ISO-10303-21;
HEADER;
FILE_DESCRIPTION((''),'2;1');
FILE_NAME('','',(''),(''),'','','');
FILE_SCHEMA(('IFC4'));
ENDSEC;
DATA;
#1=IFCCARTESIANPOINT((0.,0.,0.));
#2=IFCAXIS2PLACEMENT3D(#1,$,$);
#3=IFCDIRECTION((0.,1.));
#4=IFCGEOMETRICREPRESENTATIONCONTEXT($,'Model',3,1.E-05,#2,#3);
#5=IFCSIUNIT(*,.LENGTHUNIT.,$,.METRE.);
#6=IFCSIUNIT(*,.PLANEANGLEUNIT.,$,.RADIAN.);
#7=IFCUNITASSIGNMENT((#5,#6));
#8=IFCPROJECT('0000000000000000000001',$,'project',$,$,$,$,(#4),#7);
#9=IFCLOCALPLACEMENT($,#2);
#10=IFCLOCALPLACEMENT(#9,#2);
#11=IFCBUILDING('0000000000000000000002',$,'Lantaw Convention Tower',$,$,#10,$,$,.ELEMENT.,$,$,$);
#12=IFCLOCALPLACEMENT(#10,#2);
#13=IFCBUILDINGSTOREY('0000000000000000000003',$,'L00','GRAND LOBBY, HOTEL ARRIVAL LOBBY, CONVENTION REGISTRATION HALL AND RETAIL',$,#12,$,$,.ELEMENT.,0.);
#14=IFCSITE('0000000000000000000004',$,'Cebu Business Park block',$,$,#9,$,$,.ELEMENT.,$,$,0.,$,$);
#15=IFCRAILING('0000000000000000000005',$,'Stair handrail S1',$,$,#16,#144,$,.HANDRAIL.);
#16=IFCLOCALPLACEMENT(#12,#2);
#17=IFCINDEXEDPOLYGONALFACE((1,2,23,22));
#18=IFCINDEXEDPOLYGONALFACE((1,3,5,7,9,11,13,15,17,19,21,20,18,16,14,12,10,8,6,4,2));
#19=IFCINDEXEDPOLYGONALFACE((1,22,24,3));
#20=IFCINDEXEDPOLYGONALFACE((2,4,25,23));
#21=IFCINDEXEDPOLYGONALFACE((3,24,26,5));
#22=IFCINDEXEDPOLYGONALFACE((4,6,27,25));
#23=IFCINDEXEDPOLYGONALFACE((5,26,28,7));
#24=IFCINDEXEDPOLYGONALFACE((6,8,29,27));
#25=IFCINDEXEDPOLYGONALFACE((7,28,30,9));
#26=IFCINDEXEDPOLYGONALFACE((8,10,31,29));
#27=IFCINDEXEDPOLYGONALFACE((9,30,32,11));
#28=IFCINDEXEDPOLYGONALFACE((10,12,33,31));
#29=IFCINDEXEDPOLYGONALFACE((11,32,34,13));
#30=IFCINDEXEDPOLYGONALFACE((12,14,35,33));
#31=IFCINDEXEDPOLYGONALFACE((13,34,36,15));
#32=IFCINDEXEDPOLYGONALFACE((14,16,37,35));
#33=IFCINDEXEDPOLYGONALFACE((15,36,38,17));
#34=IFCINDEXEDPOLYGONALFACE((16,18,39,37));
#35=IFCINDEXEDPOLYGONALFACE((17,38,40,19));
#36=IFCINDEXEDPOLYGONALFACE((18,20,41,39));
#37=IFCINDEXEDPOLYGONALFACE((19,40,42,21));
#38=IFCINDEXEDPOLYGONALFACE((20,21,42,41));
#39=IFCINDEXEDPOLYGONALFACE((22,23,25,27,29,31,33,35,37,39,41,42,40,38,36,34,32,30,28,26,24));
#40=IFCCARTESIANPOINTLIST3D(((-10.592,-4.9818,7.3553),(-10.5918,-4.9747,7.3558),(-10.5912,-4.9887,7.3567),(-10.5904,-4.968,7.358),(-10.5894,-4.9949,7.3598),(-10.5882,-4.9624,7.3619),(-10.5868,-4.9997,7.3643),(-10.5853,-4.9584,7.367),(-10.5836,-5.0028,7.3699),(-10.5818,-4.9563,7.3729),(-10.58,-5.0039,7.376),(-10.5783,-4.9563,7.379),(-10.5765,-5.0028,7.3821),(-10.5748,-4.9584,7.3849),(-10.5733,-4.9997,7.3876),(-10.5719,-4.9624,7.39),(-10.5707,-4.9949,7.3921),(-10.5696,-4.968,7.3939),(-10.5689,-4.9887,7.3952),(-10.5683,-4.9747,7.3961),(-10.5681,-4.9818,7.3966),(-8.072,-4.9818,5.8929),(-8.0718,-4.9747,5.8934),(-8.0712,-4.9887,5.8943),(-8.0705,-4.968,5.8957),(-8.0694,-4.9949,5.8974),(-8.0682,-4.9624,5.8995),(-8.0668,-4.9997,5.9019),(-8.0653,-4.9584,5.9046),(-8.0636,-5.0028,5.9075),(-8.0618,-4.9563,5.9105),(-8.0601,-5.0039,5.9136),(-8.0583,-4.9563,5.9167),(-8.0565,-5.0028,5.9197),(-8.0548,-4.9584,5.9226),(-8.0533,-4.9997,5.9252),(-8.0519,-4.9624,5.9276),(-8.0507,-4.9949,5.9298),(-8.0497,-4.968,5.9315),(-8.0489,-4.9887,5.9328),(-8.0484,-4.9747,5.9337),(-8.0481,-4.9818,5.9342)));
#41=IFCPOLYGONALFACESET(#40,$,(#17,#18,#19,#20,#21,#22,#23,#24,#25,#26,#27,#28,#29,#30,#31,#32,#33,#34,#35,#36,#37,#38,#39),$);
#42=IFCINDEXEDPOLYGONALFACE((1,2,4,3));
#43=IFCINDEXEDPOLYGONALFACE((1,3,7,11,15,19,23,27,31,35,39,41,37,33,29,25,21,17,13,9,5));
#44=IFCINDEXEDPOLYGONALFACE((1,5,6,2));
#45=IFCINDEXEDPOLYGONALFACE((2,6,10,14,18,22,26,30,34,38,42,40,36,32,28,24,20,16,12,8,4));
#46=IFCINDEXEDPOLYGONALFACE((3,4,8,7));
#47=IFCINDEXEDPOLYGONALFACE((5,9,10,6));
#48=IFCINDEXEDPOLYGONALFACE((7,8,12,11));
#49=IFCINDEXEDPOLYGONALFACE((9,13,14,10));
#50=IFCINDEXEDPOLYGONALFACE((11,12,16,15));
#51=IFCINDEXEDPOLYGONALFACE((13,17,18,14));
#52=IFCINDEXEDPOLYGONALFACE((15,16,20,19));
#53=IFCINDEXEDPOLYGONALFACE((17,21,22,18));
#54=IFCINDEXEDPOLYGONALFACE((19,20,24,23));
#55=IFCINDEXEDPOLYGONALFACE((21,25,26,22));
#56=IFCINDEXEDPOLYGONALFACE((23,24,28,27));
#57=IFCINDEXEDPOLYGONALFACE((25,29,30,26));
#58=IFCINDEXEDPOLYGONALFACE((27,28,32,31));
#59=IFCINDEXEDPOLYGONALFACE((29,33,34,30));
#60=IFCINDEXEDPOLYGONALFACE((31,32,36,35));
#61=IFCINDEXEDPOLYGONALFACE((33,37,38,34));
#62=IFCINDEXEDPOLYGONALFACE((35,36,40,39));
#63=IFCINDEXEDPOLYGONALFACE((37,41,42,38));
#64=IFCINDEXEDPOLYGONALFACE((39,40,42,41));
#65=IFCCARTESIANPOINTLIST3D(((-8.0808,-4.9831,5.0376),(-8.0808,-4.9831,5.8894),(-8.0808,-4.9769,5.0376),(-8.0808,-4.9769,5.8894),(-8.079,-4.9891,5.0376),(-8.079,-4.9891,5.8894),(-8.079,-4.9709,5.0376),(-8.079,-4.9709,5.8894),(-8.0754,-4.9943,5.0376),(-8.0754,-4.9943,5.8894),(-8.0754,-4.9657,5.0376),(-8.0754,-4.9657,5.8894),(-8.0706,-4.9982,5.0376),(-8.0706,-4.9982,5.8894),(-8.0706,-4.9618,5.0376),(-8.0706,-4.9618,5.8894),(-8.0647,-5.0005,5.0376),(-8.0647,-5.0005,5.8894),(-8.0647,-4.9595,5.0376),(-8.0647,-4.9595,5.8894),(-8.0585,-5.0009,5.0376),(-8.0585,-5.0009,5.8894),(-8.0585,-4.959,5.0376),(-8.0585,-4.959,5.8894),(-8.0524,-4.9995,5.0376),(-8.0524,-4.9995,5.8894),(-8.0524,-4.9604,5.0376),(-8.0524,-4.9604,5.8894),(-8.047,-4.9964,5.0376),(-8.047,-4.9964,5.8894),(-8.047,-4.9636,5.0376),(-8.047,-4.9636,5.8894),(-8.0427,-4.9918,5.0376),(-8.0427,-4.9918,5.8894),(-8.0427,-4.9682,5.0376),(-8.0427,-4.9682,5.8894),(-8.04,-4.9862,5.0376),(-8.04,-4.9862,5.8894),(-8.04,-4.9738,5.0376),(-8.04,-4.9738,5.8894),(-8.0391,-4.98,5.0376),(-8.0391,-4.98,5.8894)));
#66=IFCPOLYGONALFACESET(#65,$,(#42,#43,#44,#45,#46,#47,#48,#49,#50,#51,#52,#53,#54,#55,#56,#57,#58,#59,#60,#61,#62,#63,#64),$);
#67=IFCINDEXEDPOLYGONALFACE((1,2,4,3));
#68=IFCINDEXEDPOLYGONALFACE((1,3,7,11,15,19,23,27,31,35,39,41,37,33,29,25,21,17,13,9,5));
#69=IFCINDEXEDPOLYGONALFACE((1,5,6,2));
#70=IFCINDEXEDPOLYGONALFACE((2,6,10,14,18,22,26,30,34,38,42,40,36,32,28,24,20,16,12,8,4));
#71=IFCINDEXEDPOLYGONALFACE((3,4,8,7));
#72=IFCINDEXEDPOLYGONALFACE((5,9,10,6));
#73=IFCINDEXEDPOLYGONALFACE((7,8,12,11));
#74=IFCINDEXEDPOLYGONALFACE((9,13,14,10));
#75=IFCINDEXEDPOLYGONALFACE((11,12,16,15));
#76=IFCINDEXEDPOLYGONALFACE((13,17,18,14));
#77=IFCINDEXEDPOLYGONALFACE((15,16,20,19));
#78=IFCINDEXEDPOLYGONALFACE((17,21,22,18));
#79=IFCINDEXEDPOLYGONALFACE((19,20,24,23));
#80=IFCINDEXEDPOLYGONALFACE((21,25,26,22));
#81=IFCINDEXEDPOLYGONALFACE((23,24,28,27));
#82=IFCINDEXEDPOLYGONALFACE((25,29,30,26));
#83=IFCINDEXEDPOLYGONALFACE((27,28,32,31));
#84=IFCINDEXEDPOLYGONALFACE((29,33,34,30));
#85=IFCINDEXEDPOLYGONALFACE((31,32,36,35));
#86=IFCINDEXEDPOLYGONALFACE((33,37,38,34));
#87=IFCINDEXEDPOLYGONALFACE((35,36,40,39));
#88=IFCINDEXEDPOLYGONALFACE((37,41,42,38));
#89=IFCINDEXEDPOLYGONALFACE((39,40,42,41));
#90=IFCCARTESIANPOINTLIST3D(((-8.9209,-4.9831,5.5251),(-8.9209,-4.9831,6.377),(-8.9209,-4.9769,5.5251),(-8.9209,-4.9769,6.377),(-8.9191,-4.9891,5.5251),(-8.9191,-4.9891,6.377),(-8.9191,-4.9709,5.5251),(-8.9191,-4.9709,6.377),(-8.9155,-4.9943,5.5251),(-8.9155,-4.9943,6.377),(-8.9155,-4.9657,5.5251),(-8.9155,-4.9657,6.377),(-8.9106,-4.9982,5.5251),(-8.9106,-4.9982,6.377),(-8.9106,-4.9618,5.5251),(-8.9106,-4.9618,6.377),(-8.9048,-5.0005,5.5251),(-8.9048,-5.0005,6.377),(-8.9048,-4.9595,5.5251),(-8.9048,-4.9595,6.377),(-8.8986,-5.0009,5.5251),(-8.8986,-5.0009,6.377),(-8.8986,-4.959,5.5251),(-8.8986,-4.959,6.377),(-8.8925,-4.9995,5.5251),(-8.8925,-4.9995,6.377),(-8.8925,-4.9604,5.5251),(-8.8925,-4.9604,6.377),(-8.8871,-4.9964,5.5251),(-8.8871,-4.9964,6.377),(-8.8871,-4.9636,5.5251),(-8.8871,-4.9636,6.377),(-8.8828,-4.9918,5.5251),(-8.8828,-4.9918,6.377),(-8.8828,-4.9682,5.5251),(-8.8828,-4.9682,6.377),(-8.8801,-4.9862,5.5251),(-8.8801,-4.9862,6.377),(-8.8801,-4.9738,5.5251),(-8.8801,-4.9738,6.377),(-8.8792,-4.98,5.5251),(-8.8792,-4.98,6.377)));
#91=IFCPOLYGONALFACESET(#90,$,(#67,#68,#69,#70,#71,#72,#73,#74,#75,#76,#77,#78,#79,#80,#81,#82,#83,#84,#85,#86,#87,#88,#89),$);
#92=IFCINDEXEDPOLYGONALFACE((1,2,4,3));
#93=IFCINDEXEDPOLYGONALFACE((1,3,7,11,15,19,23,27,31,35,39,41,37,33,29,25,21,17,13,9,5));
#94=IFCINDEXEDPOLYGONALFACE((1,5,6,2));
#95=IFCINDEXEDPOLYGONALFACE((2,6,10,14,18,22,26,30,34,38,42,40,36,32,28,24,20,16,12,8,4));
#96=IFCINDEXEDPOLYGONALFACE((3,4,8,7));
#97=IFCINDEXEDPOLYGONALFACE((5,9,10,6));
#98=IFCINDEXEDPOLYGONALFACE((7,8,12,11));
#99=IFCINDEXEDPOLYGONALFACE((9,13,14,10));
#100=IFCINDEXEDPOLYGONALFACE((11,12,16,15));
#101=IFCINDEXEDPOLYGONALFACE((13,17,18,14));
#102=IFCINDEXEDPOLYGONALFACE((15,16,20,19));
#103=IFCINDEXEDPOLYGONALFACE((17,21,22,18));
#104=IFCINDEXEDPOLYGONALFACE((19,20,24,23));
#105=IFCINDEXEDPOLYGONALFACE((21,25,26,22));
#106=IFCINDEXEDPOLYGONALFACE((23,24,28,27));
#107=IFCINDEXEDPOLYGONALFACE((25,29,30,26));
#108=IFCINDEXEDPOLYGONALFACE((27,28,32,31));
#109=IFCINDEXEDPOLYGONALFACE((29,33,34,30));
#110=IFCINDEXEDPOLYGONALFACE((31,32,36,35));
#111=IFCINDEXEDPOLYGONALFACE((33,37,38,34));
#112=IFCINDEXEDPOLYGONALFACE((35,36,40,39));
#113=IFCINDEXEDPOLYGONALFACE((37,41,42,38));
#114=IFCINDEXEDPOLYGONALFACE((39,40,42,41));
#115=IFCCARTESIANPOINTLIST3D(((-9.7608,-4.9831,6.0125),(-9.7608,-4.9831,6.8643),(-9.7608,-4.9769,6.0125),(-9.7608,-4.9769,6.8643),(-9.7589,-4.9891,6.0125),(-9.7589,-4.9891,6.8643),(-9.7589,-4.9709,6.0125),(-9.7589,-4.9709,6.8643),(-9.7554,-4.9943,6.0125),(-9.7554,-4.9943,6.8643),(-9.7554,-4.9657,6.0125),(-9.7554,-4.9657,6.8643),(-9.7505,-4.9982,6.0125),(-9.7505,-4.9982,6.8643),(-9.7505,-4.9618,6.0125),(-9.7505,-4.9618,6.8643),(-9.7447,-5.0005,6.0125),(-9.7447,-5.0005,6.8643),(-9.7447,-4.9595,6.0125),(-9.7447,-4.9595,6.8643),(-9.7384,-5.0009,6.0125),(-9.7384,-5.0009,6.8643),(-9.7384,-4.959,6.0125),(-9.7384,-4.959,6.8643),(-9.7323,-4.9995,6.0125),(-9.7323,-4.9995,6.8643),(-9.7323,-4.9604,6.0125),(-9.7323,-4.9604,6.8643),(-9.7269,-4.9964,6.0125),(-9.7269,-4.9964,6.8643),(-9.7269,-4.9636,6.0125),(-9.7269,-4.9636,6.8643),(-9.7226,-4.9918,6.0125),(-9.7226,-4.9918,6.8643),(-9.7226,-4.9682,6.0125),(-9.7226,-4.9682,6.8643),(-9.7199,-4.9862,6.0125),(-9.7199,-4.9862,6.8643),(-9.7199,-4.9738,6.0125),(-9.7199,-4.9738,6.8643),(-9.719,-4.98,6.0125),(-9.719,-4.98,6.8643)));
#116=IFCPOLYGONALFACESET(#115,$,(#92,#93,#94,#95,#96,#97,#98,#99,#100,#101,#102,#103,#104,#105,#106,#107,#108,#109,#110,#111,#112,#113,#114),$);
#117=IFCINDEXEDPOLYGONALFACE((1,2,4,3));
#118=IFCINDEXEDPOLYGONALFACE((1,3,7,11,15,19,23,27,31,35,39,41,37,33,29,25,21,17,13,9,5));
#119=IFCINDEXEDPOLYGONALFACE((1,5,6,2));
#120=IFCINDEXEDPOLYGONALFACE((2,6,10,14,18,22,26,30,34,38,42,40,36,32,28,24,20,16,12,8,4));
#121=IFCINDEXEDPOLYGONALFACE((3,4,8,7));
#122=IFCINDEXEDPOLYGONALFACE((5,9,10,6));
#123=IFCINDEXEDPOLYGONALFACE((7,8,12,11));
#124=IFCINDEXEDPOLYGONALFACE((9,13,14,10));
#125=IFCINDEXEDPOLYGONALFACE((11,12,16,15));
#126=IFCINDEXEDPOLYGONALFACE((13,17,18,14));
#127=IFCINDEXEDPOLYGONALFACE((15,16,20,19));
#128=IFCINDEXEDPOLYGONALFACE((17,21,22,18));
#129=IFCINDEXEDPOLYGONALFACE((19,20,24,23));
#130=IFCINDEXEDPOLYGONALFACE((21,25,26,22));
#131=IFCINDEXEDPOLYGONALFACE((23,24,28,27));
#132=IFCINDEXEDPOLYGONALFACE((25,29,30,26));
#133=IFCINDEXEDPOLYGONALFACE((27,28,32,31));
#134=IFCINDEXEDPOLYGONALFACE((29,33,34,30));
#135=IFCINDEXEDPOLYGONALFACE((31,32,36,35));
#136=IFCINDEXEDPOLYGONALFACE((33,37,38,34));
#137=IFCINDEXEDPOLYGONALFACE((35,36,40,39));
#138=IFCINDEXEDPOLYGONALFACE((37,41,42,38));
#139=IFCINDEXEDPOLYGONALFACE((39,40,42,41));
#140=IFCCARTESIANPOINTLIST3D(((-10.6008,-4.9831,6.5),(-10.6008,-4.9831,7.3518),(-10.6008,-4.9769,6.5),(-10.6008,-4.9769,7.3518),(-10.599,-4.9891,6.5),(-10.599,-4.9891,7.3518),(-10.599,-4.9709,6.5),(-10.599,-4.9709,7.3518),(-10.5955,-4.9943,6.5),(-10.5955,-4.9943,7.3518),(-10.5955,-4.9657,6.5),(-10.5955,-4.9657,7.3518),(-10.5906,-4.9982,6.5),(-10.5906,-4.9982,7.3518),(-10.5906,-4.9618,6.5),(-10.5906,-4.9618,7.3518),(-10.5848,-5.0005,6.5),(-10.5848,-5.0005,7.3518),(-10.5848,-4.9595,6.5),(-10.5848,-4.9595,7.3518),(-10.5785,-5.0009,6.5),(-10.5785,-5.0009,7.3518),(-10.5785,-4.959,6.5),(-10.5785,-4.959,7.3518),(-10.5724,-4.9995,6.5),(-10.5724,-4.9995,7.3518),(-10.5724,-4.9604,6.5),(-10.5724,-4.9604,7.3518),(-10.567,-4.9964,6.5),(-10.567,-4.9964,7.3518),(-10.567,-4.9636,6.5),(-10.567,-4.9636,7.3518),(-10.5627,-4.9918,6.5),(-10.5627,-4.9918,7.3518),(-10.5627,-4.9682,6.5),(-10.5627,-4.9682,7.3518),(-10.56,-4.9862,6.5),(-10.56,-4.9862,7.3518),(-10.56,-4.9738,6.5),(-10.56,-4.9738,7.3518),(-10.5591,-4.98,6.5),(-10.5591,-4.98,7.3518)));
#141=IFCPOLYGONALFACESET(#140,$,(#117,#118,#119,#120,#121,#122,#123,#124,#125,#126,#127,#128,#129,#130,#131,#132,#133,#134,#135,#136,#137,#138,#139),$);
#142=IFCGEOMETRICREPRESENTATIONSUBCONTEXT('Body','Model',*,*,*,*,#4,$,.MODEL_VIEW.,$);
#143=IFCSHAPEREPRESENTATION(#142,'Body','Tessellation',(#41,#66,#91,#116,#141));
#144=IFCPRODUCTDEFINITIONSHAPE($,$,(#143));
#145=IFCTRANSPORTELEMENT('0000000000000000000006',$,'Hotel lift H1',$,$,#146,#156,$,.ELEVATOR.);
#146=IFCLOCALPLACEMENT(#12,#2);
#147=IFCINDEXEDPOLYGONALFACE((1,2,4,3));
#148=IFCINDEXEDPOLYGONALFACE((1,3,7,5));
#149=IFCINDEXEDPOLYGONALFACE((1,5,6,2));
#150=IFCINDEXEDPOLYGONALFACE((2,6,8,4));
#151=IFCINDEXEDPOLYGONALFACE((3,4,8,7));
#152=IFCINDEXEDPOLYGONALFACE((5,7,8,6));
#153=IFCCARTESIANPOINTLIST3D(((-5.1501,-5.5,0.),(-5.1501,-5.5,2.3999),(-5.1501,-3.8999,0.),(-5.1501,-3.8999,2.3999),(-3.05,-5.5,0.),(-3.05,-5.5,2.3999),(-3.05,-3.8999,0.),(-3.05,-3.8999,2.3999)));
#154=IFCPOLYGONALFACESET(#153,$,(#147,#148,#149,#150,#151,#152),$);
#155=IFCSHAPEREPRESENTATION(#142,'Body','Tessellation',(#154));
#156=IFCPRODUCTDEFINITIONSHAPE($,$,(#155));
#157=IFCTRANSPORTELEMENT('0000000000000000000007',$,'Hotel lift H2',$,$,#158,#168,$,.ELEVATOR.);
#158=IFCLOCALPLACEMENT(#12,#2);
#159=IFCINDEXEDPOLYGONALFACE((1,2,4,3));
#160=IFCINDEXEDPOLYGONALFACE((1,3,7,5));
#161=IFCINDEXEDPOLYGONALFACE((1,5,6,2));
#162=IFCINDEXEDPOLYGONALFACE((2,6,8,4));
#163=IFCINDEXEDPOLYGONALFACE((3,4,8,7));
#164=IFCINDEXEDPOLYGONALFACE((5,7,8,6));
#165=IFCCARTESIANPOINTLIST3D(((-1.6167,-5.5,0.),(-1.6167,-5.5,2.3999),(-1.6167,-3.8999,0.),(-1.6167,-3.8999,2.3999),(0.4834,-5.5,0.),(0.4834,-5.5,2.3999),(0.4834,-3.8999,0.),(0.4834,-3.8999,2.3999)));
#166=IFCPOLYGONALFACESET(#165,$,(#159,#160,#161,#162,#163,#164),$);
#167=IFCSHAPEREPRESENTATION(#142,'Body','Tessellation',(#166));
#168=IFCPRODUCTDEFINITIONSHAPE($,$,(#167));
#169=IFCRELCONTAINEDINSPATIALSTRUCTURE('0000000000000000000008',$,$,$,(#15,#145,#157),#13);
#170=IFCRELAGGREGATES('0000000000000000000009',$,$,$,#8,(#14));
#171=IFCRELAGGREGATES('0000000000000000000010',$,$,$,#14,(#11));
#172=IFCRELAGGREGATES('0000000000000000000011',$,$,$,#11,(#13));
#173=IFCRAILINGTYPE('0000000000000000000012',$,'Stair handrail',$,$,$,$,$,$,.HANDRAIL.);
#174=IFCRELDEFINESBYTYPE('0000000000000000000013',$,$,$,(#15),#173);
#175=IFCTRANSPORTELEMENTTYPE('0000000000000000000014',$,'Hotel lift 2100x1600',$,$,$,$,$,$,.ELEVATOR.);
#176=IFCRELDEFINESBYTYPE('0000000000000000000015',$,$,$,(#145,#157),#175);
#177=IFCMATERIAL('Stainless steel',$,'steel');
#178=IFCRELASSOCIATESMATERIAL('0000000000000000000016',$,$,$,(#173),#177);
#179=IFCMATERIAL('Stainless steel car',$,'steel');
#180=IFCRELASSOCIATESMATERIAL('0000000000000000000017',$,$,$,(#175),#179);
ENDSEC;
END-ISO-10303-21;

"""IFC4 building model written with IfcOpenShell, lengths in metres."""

from ifc_helpers import new_model, si_unit, direction, frame, origin, origin_2d, place, context, subcontext, project, spatial, rectangle, circle, extrude, material, type_object, element, save


model = new_model("IFC4")

# Units and contexts
model_context = context("Model", 3, precision=1e-05, world=origin(), true_north=direction((0.0, 1.0)))
body_context = subcontext(model_context, "Body", "Model", "MODEL_VIEW")
ifc_project = project(units=[si_unit("LENGTHUNIT", "METRE"), si_unit("PLANEANGLEUNIT", "RADIAN")], contexts=[model_context])

# Site, building, storey
site_placement = place(None, origin())
site = spatial("IfcSite", under=ifc_project, at=site_placement, Name="Cebu Business Park block", CompositionType="ELEMENT", RefElevation=0.0)
building_placement = place(site_placement, origin())
building = spatial("IfcBuilding", under=site, at=building_placement, Name="Lantaw Convention Tower", CompositionType="ELEMENT")
storey_placement = place(building_placement, origin())
storey = spatial("IfcBuildingStorey", under=building, at=storey_placement, Name="L00", Description="GRAND LOBBY, HOTEL ARRIVAL LOBBY, CONVENTION REGISTRATION HALL AND RETAIL", CompositionType="ELEMENT", Elevation=0.0)

# Shared definitions
ifc_material_1 = material(Name="Stainless steel", Category="steel")

# Railing
railing_type = type_object("IfcRailingType", Name="Stair handrail", PredefinedType="HANDRAIL", material=ifc_material_1)
railing_1_placement = place(storey_placement, frame((-8.0601, -4.98, 5.0376)))
element("IfcRailing", 1, at=railing_1_placement, inside=storey, type_object=railing_type, Name="Stair handrail S1", PredefinedType="HANDRAIL", context=body_context, shape_type="SweptSolid", body=[
    extrude(circle(Radius=0.0239, at=origin_2d()), frame((0.0, 0.0, 0.876), z_axis=(-0.864913, 0.0, 0.501921), x_axis=(0.0, -1.0, 0.0)), (0.0, 0.0, 1.0), 2.9136),
    extrude(circle(Radius=0.021, at=origin_2d()), origin(), (0.0, 0.0, 1.0), 0.8518),
    extrude(circle(Radius=0.021, at=origin_2d()), frame((-0.8401, 0.0, 0.4875)), (0.0, 0.0, 1.0), 0.8518),
    extrude(circle(Radius=0.021, at=origin_2d()), frame((-1.6799, 0.0, 0.9749)), (0.0, 0.0, 1.0), 0.8518),
    extrude(circle(Radius=0.021, at=origin_2d()), frame((-2.52, 0.0, 1.4624)), (0.0, 0.0, 1.0), 0.8518),
])

# Transport elements
ifc_material_2 = material(Name="Stainless steel car", Category="steel")
transport_element_type = type_object("IfcTransportElementType", Name="Hotel lift 2100x1600", PredefinedType="ELEVATOR", material=ifc_material_2)
for number, where, z_axis, x_axis, name in (
    (2, (-4.1001, -4.7, 0.0), (0.0, 0.0, 1.0), (1.0, 0.0, 0.0), "Hotel lift H1"),
    (3, (-0.5667, -4.7, 0.0), (0.0, 0.0, 1.0), (1.0, 0.0, 0.0), "Hotel lift H2"),
):
    element("IfcTransportElement", number, at=place(storey_placement, frame(where, z_axis=z_axis, x_axis=x_axis)), inside=storey, type_object=transport_element_type, Name=name, PredefinedType="ELEVATOR", context=body_context, shape_type="SweptSolid", body=[
        extrude(rectangle(XDim=2.1001, YDim=1.6001, at=origin_2d()), origin(), (0.0, 0.0, 1.0), 2.3999),
    ])

save(model, "model.ifc")
